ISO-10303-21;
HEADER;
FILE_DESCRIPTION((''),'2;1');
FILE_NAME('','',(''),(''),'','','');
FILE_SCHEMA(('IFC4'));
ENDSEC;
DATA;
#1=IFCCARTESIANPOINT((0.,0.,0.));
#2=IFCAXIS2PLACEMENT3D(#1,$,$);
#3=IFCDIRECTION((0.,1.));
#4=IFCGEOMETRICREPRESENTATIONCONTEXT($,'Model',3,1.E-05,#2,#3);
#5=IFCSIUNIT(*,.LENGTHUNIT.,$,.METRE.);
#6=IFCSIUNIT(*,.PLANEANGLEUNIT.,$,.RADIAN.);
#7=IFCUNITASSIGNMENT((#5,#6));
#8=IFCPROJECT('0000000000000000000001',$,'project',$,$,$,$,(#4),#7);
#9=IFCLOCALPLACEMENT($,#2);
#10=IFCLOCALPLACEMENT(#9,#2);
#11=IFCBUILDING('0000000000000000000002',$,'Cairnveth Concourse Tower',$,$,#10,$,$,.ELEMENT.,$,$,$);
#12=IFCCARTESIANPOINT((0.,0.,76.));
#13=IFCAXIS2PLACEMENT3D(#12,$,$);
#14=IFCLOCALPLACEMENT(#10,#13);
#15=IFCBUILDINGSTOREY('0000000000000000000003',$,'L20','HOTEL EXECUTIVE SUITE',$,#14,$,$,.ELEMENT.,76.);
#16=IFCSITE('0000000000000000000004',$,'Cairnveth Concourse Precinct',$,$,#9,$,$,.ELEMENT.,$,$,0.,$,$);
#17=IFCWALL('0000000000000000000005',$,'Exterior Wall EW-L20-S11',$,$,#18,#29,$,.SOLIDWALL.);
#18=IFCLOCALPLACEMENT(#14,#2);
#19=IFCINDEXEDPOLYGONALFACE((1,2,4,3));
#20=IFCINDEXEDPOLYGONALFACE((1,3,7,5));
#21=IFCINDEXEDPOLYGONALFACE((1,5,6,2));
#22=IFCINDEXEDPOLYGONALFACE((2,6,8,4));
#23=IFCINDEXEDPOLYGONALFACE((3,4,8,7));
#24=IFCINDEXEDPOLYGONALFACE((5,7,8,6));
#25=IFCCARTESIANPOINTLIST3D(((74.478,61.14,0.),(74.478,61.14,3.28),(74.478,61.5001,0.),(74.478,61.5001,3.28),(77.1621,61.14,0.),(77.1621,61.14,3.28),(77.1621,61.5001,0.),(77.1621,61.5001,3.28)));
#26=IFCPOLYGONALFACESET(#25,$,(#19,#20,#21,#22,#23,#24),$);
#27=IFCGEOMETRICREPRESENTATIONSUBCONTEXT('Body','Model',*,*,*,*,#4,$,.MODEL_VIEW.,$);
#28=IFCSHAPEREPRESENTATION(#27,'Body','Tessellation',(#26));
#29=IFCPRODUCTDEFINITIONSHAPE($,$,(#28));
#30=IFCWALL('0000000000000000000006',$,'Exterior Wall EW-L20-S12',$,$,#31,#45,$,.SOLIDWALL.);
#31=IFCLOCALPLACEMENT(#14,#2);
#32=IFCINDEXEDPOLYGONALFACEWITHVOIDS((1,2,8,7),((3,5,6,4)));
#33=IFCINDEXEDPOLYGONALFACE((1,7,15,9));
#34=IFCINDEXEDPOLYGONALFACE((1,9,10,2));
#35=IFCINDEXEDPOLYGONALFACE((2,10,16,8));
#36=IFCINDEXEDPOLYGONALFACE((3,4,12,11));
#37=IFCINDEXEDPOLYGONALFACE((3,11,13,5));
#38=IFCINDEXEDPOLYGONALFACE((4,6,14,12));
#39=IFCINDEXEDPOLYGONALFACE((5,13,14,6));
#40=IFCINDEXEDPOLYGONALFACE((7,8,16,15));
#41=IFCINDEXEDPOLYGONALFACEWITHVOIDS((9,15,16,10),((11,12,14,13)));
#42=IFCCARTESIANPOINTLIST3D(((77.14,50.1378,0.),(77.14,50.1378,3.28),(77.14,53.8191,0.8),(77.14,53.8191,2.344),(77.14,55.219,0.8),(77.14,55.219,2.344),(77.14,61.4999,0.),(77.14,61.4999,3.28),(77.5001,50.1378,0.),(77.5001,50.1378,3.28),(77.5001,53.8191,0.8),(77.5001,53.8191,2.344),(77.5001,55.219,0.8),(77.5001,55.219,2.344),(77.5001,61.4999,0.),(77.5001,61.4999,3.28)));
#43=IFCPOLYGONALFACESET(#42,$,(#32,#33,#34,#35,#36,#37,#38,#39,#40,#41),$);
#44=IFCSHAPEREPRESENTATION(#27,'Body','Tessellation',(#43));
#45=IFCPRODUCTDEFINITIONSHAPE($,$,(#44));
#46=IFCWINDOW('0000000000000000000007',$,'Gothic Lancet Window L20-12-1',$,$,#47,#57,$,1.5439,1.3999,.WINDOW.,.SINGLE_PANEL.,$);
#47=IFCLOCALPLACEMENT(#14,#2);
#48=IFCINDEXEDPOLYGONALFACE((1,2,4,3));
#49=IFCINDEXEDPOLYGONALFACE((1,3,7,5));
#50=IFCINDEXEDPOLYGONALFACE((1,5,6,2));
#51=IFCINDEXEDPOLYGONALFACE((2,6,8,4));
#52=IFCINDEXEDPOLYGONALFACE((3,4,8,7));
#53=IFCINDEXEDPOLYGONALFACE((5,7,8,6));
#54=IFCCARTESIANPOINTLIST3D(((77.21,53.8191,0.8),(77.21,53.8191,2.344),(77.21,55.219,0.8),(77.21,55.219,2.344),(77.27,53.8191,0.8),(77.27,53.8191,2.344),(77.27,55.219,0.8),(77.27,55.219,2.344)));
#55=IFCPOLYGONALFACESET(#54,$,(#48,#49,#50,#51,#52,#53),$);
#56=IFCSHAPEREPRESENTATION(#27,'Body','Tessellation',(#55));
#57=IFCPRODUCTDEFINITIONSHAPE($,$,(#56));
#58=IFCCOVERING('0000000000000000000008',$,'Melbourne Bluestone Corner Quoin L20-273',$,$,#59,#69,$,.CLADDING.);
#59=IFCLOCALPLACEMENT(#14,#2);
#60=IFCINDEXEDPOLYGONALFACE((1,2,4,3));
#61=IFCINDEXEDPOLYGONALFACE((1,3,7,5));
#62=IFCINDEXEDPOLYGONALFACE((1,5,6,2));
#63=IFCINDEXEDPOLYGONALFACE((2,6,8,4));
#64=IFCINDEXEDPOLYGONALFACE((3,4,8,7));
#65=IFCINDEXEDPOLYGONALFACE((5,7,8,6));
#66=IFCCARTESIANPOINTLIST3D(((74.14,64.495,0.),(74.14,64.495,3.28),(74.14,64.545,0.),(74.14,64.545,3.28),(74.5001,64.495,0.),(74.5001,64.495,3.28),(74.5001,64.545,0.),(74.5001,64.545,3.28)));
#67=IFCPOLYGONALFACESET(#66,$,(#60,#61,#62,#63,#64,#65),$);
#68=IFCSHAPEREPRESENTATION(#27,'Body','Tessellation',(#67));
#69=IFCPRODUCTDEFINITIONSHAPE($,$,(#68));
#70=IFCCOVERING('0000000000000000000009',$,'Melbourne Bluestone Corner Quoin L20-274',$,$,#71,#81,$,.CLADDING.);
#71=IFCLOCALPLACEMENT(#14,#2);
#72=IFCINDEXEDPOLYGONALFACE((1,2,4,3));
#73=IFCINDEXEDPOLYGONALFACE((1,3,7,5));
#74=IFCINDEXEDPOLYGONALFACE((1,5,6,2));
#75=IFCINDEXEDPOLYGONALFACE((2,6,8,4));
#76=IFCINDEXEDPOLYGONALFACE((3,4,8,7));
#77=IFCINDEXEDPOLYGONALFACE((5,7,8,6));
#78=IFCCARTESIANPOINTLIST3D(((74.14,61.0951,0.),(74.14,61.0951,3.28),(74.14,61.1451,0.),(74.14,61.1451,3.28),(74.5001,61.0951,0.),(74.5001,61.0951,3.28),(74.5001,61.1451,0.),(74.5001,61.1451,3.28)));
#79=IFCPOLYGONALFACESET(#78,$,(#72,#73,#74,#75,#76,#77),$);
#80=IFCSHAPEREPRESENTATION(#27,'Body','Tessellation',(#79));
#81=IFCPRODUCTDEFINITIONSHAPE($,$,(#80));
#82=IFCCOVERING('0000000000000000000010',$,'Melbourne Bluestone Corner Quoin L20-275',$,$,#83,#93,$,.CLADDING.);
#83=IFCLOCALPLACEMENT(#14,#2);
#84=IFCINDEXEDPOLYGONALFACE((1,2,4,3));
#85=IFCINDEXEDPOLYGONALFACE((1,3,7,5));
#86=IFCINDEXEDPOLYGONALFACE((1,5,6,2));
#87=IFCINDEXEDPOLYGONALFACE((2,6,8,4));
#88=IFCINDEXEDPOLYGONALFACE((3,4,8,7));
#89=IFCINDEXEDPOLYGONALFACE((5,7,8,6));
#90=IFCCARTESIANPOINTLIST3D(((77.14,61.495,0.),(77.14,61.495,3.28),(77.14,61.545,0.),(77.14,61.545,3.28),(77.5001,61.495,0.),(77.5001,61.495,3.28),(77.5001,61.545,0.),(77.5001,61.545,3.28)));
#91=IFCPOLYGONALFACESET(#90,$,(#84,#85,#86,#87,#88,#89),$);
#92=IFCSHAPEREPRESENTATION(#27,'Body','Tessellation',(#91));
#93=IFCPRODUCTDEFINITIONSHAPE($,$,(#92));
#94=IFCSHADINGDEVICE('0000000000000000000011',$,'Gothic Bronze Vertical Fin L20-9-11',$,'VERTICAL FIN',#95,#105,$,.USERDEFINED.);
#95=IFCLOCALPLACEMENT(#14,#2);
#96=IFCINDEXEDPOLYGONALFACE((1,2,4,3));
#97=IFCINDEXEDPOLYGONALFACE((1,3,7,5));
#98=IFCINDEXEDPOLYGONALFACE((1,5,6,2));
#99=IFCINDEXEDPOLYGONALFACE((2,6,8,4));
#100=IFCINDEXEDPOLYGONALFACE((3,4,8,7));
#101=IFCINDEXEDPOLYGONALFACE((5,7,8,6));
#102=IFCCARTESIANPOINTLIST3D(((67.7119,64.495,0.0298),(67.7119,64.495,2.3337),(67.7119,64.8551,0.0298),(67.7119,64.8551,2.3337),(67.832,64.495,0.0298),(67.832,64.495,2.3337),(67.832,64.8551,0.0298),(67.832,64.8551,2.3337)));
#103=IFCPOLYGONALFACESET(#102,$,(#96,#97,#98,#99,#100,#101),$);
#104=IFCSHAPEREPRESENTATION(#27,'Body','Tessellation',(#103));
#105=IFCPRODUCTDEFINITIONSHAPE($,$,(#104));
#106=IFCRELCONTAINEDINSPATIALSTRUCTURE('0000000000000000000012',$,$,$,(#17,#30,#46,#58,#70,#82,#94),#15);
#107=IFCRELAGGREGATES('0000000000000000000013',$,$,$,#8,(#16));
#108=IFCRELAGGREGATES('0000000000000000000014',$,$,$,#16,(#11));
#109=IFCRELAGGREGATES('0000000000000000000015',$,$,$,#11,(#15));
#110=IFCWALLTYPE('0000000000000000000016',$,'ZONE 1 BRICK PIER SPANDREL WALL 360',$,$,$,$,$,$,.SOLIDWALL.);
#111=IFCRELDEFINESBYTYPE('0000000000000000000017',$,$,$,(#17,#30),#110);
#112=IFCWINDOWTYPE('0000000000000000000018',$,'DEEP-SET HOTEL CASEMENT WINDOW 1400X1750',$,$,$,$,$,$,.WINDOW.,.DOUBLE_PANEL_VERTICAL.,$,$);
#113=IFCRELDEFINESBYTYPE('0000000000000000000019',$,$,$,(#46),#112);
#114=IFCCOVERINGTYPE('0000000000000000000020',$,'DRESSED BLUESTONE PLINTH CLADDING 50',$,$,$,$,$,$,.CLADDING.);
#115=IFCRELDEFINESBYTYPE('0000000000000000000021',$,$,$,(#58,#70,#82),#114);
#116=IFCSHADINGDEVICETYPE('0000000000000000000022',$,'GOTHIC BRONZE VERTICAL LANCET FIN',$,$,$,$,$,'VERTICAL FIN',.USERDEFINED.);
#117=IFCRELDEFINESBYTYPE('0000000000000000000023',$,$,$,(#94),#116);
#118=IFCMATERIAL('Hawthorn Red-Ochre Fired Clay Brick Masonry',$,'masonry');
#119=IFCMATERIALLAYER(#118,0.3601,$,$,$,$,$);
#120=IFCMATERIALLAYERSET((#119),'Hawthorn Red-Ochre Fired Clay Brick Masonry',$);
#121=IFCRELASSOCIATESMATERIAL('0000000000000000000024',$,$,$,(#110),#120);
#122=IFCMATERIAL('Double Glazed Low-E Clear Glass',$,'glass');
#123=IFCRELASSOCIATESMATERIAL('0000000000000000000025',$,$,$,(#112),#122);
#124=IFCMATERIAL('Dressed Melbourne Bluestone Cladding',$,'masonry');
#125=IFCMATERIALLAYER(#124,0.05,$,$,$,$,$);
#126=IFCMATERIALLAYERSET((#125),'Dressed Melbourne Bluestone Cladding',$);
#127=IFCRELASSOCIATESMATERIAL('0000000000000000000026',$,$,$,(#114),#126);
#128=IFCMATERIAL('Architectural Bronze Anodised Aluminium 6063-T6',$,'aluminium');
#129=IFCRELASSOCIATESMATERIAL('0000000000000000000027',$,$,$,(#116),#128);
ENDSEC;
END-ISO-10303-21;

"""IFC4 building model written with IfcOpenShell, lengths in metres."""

from ifc_helpers import new_model, si_unit, direction, frame, frame_2d, origin, origin_2d, place, context, subcontext, project, spatial, rectangle, extrude, material, layer, layer_set, type_object, element, fill, save


model = new_model("IFC4")

# Units and contexts
model_context = context("Model", 3, precision=1e-05, world=origin(), true_north=direction((0.0, 1.0)))
body_context = subcontext(model_context, "Body", "Model", "MODEL_VIEW")
ifc_project = project(units=[si_unit("LENGTHUNIT", "METRE"), si_unit("PLANEANGLEUNIT", "RADIAN")], contexts=[model_context])

# Site, building, storey
site_placement = place(None, origin())
site = spatial("IfcSite", under=ifc_project, at=site_placement, Name="Cairnveth Concourse Precinct", CompositionType="ELEMENT", RefElevation=0.0)
building_placement = place(site_placement, origin())
building = spatial("IfcBuilding", under=site, at=building_placement, Name="Cairnveth Concourse Tower", CompositionType="ELEMENT")
storey_placement = place(building_placement, frame((0.0, 0.0, 76.0)))
storey = spatial("IfcBuildingStorey", under=building, at=storey_placement, Name="L20", Description="HOTEL EXECUTIVE SUITE", CompositionType="ELEMENT", Elevation=76.0)

# Wall
ifc_material_1 = material(Name="Hawthorn Red-Ochre Fired Clay Brick Masonry", Category="masonry")
ifc_layer_1 = layer(ifc_material_1, 0.3601)
ifc_layer_set_1 = layer_set([ifc_layer_1], Name="Hawthorn Red-Ochre Fired Clay Brick Masonry")
wall_type = type_object("IfcWallType", Name="ZONE 1 BRICK PIER SPANDREL WALL 360", PredefinedType="SOLIDWALL", material=ifc_layer_set_1)
wall_1_placement = place(storey_placement, frame((74.478, 61.3201, 0.0), z_axis=(0.0, 0.0, 1.0), x_axis=(1.0, 0.0, 0.0)))
element("IfcWall", 1, at=wall_1_placement, inside=storey, type_object=wall_type, Name="Exterior Wall EW-L20-S11", PredefinedType="SOLIDWALL", context=body_context, shape_type="SweptSolid", body=[
    extrude(rectangle(XDim=2.6841, YDim=0.3601, at=frame_2d((1.342, 0.0))), origin(), (0.0, 0.0, 1.0), 3.28),
])

# Wall, opening, window
wall_2_placement = place(storey_placement, frame((77.3201, 61.5, 0.0), z_axis=(0.0, 0.0, 1.0), x_axis=(0.0, -1.0, 0.0)))
wall_2 = element("IfcWall", 2, at=wall_2_placement, inside=storey, type_object=wall_type, Name="Exterior Wall EW-L20-S12", PredefinedType="SOLIDWALL", context=body_context, shape_type="SweptSolid", body=[
    extrude(rectangle(XDim=11.3621, YDim=0.3601, at=frame_2d((5.6812, 0.0))), origin(), (0.0, 0.0, 1.0), 3.28),
])
opening_placement = place(wall_2_placement, frame((6.281, 0.0, 0.8)))
opening = element("IfcOpeningElement", 3, at=opening_placement, cuts=wall_2, PredefinedType="OPENING", context=body_context, shape_type="SweptSolid", body=[
    extrude(rectangle(XDim=1.3999, YDim=1.5439, at=frame_2d((0.7, 0.772))), frame((0.0, 0.1899, 0.0), z_axis=(0.0, -1.0, 0.0), x_axis=(1.0, 0.0, 0.0)), (0.0, 0.0, 1.0), 0.3801),
])
ifc_material_2 = material(Name="Double Glazed Low-E Clear Glass", Category="glass")
window_type = type_object("IfcWindowType", Name="DEEP-SET HOTEL CASEMENT WINDOW 1400X1750", PartitioningType="DOUBLE_PANEL_VERTICAL", PredefinedType="WINDOW", material=ifc_material_2)
window_placement = place(opening_placement, origin())
window = element("IfcWindow", 4, at=window_placement, inside=storey, type_object=window_type, Name="Gothic Lancet Window L20-12-1", OverallHeight=1.5439, OverallWidth=1.3999, PartitioningType="SINGLE_PANEL", PredefinedType="WINDOW", context=body_context, shape_type="SweptSolid", body=[
    extrude(rectangle(XDim=1.3999, YDim=1.5439, at=frame_2d((0.7, 0.772))), frame((0.0, -0.05, 0.0), z_axis=(0.0, -1.0, 0.0), x_axis=(1.0, 0.0, 0.0)), (0.0, 0.0, 1.0), 0.0601),
])
fill(opening, window)

# Coverings
ifc_material_3 = material(Name="Dressed Melbourne Bluestone Cladding", Category="masonry")
ifc_layer_2 = layer(ifc_material_3, 0.05)
ifc_layer_set_2 = layer_set([ifc_layer_2], Name="Dressed Melbourne Bluestone Cladding")
covering_type = type_object("IfcCoveringType", Name="DRESSED BLUESTONE PLINTH CLADDING 50", PredefinedType="CLADDING", material=ifc_layer_set_2)
for number, where, z_axis, x_axis, name in (
    (5, (74.1399, 64.52, 0.0), (0.0, 0.0, 1.0), (1.0, 0.0, 0.0), "Melbourne Bluestone Corner Quoin L20-273"),
    (6, (74.1399, 61.1201, 0.0), (0.0, 0.0, 1.0), (1.0, 0.0, 0.0), "Melbourne Bluestone Corner Quoin L20-274"),
    (7, (77.1399, 61.52, 0.0), (0.0, 0.0, 1.0), (1.0, 0.0, 0.0), "Melbourne Bluestone Corner Quoin L20-275"),
):
    element("IfcCovering", number, at=place(storey_placement, frame(where, z_axis=z_axis, x_axis=x_axis)), inside=storey, type_object=covering_type, Name=name, PredefinedType="CLADDING", context=body_context, shape_type="SweptSolid", body=[
        extrude(rectangle(XDim=0.3601, YDim=0.05, at=frame_2d((0.1802, 0.0))), origin(), (0.0, 0.0, 1.0), 3.28),
    ])

# Shading device
ifc_material_4 = material(Name="Architectural Bronze Anodised Aluminium 6063-T6", Category="aluminium")
shading_device_type = type_object("IfcShadingDeviceType", Name="GOTHIC BRONZE VERTICAL LANCET FIN", ElementType="VERTICAL FIN", PredefinedType="USERDEFINED", material=ifc_material_4)
shading_device_placement = place(storey_placement, frame((67.772, 64.675, 0.0298), z_axis=(0.0, 0.0, 1.0), x_axis=(1.0, 0.0, 0.0)))
element("IfcShadingDevice", 8, at=shading_device_placement, inside=storey, type_object=shading_device_type, Name="Gothic Bronze Vertical Fin L20-9-11", ObjectType="VERTICAL FIN", PredefinedType="USERDEFINED", context=body_context, shape_type="SweptSolid", body=[
    extrude(rectangle(XDim=0.1201, YDim=0.3601, at=origin_2d()), origin(), (0.0, 0.0, 1.0), 2.304),
])

save(model, "model.ifc")
